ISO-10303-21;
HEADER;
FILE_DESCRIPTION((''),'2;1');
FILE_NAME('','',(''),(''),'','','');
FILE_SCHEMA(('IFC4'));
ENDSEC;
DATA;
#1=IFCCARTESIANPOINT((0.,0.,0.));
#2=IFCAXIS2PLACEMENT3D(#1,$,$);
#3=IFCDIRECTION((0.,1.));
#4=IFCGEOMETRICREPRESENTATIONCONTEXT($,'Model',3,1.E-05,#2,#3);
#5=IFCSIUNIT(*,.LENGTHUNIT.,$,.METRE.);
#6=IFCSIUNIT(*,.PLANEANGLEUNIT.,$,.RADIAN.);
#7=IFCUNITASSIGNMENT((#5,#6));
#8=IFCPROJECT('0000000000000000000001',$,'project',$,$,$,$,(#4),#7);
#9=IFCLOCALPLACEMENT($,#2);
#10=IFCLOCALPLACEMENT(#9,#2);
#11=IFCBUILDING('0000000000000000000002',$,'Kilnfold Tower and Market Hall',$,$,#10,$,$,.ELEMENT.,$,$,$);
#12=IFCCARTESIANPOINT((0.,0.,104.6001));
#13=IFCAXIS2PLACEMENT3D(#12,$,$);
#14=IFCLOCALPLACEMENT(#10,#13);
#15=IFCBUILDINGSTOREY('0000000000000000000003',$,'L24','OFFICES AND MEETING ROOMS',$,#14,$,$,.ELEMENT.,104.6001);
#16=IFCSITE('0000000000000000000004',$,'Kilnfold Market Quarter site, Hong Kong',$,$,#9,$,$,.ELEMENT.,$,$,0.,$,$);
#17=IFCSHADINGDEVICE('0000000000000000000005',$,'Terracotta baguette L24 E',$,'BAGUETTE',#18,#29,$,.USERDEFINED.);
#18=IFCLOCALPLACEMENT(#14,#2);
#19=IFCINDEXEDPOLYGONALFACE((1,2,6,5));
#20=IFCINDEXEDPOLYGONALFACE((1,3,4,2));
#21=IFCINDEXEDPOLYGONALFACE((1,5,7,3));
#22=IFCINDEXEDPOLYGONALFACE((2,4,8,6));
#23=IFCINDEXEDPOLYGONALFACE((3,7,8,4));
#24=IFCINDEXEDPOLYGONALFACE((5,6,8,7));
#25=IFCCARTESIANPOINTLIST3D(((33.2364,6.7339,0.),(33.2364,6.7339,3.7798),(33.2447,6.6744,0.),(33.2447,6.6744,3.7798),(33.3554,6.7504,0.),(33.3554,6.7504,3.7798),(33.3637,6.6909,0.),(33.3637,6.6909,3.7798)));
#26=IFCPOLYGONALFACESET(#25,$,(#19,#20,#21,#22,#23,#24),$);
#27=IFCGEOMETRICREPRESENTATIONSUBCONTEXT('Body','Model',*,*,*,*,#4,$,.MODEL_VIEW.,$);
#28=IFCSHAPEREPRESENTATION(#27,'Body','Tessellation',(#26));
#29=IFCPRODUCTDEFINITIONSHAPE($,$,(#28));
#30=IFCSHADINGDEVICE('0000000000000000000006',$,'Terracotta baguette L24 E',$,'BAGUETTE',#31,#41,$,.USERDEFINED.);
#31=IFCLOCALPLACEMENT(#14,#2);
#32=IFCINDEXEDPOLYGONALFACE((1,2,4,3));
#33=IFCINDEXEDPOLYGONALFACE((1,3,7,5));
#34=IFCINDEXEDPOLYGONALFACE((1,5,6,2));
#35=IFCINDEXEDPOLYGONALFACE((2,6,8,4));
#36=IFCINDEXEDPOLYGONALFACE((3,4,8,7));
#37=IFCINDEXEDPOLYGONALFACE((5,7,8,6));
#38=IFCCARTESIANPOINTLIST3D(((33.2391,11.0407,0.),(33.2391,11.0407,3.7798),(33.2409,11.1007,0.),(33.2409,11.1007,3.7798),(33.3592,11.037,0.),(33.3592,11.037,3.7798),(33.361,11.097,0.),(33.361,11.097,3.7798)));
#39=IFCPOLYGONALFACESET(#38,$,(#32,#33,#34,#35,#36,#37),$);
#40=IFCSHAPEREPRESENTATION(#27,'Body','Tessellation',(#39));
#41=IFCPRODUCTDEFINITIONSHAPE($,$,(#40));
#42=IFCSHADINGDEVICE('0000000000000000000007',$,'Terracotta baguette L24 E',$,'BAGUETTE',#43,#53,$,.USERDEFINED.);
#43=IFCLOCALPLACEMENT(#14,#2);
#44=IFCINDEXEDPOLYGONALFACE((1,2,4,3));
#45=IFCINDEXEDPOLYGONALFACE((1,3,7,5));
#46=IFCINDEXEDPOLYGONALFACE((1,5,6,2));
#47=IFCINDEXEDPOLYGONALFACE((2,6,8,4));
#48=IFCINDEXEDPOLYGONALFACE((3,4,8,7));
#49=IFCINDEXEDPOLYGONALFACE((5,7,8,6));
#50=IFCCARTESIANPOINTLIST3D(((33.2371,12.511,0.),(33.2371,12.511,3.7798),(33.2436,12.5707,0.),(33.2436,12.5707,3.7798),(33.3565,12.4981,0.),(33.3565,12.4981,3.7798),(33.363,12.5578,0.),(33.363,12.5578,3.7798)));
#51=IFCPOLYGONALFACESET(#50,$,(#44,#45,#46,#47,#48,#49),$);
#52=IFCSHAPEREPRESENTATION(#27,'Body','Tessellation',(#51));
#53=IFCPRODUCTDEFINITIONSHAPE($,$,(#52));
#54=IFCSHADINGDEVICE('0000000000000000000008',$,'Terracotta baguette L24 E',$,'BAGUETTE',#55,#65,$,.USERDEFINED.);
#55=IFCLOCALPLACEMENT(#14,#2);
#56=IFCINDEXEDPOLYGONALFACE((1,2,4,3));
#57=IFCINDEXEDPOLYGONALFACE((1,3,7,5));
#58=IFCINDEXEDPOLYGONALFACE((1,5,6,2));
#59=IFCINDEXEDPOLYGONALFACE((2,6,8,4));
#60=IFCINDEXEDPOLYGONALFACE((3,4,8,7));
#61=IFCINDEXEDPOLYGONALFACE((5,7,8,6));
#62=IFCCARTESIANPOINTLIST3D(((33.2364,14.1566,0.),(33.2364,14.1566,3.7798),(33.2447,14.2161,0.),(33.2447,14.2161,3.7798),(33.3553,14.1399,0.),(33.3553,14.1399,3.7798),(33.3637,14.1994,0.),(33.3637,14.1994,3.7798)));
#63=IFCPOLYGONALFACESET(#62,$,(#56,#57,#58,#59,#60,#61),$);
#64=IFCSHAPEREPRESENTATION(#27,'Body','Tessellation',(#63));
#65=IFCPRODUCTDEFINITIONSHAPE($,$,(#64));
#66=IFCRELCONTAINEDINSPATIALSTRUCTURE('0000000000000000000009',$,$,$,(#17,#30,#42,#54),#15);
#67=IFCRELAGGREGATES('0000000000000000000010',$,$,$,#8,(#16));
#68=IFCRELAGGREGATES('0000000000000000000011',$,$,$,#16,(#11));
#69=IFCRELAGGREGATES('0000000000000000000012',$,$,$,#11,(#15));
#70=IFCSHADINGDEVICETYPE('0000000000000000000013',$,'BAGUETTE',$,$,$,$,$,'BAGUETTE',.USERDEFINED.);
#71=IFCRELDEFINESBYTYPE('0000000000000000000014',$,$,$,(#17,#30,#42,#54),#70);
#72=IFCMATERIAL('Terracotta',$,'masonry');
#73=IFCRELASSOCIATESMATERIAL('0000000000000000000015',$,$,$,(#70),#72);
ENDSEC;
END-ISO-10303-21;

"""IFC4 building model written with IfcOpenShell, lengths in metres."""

from ifc_helpers import new_model, si_unit, direction, frame, origin, origin_2d, place, context, subcontext, project, spatial, rectangle, extrude, source, transform, mapped, material, material_profile, profile_set, type_object, element, save


model = new_model("IFC4")

# Units and contexts
model_context = context("Model", 3, precision=1e-05, world=origin(), true_north=direction((0.0, 1.0)))
body_context = subcontext(model_context, "Body", "Model", "MODEL_VIEW")
ifc_project = project(units=[si_unit("LENGTHUNIT", "METRE"), si_unit("PLANEANGLEUNIT", "RADIAN")], contexts=[model_context])

# Site, building, storey
site_placement = place(None, origin())
site = spatial("IfcSite", under=ifc_project, at=site_placement, Name="Kilnfold Market Quarter site, Hong Kong", CompositionType="ELEMENT", RefElevation=0.0)
building_placement = place(site_placement, origin())
building = spatial("IfcBuilding", under=site, at=building_placement, Name="Kilnfold Tower and Market Hall", CompositionType="ELEMENT")
storey_placement = place(building_placement, frame((0.0, 0.0, 104.6001)))
storey = spatial("IfcBuildingStorey", under=building, at=storey_placement, Name="L24", Description="OFFICES AND MEETING ROOMS", CompositionType="ELEMENT", Elevation=104.6001)

# Shading devices
ifc_material_1 = material(Name="Terracotta", Category="masonry")
ifc_material_profile_1 = material_profile(ifc_material_1, rectangle(XDim=0.0601, YDim=0.1201, at=origin_2d()), Name="BAG 60x120")
ifc_profile_set_1 = profile_set([ifc_material_profile_1], Name="Terracotta")
shading_device_type = type_object("IfcShadingDeviceType", Name="BAGUETTE", ElementType="BAGUETTE", PredefinedType="USERDEFINED", material=ifc_profile_set_1)
shared_shape_1 = source(origin(), body_context, "Body", "SweptSolid", [
    extrude(rectangle(XDim=0.0601, YDim=0.1201, at=origin_2d()), origin(), (0.0, 0.0, 1.0), 3.7798),
])
for number, where, z_axis, x_axis, name in (
    (1, (33.3, 6.7124, 0.0), (0.0, 0.0, 1.0), (-0.137315, 0.990527, 0.0), "Terracotta baguette L24 E"),
    (2, (33.3, 11.0688, 0.0), (0.0, 0.0, 1.0), (0.030484, 0.999535, 0.0), "Terracotta baguette L24 E"),
    (3, (33.3, 12.5344, 0.0), (0.0, 0.0, 1.0), (0.107222, 0.994235, 0.0), "Terracotta baguette L24 E"),
    (4, (33.3, 14.178, 0.0), (0.0, 0.0, 1.0), (0.139035, 0.990287, 0.0), "Terracotta baguette L24 E"),
):
    element("IfcShadingDevice", number, at=place(storey_placement, frame(where, z_axis=z_axis, x_axis=x_axis)), inside=storey, type_object=shading_device_type, Name=name, ObjectType="BAGUETTE", PredefinedType="USERDEFINED", context=body_context, shape_type="MappedRepresentation", body=[
        mapped(shared_shape_1, transform((0.0, 0.0, 0.0))),
    ])

save(model, "model.ifc")
